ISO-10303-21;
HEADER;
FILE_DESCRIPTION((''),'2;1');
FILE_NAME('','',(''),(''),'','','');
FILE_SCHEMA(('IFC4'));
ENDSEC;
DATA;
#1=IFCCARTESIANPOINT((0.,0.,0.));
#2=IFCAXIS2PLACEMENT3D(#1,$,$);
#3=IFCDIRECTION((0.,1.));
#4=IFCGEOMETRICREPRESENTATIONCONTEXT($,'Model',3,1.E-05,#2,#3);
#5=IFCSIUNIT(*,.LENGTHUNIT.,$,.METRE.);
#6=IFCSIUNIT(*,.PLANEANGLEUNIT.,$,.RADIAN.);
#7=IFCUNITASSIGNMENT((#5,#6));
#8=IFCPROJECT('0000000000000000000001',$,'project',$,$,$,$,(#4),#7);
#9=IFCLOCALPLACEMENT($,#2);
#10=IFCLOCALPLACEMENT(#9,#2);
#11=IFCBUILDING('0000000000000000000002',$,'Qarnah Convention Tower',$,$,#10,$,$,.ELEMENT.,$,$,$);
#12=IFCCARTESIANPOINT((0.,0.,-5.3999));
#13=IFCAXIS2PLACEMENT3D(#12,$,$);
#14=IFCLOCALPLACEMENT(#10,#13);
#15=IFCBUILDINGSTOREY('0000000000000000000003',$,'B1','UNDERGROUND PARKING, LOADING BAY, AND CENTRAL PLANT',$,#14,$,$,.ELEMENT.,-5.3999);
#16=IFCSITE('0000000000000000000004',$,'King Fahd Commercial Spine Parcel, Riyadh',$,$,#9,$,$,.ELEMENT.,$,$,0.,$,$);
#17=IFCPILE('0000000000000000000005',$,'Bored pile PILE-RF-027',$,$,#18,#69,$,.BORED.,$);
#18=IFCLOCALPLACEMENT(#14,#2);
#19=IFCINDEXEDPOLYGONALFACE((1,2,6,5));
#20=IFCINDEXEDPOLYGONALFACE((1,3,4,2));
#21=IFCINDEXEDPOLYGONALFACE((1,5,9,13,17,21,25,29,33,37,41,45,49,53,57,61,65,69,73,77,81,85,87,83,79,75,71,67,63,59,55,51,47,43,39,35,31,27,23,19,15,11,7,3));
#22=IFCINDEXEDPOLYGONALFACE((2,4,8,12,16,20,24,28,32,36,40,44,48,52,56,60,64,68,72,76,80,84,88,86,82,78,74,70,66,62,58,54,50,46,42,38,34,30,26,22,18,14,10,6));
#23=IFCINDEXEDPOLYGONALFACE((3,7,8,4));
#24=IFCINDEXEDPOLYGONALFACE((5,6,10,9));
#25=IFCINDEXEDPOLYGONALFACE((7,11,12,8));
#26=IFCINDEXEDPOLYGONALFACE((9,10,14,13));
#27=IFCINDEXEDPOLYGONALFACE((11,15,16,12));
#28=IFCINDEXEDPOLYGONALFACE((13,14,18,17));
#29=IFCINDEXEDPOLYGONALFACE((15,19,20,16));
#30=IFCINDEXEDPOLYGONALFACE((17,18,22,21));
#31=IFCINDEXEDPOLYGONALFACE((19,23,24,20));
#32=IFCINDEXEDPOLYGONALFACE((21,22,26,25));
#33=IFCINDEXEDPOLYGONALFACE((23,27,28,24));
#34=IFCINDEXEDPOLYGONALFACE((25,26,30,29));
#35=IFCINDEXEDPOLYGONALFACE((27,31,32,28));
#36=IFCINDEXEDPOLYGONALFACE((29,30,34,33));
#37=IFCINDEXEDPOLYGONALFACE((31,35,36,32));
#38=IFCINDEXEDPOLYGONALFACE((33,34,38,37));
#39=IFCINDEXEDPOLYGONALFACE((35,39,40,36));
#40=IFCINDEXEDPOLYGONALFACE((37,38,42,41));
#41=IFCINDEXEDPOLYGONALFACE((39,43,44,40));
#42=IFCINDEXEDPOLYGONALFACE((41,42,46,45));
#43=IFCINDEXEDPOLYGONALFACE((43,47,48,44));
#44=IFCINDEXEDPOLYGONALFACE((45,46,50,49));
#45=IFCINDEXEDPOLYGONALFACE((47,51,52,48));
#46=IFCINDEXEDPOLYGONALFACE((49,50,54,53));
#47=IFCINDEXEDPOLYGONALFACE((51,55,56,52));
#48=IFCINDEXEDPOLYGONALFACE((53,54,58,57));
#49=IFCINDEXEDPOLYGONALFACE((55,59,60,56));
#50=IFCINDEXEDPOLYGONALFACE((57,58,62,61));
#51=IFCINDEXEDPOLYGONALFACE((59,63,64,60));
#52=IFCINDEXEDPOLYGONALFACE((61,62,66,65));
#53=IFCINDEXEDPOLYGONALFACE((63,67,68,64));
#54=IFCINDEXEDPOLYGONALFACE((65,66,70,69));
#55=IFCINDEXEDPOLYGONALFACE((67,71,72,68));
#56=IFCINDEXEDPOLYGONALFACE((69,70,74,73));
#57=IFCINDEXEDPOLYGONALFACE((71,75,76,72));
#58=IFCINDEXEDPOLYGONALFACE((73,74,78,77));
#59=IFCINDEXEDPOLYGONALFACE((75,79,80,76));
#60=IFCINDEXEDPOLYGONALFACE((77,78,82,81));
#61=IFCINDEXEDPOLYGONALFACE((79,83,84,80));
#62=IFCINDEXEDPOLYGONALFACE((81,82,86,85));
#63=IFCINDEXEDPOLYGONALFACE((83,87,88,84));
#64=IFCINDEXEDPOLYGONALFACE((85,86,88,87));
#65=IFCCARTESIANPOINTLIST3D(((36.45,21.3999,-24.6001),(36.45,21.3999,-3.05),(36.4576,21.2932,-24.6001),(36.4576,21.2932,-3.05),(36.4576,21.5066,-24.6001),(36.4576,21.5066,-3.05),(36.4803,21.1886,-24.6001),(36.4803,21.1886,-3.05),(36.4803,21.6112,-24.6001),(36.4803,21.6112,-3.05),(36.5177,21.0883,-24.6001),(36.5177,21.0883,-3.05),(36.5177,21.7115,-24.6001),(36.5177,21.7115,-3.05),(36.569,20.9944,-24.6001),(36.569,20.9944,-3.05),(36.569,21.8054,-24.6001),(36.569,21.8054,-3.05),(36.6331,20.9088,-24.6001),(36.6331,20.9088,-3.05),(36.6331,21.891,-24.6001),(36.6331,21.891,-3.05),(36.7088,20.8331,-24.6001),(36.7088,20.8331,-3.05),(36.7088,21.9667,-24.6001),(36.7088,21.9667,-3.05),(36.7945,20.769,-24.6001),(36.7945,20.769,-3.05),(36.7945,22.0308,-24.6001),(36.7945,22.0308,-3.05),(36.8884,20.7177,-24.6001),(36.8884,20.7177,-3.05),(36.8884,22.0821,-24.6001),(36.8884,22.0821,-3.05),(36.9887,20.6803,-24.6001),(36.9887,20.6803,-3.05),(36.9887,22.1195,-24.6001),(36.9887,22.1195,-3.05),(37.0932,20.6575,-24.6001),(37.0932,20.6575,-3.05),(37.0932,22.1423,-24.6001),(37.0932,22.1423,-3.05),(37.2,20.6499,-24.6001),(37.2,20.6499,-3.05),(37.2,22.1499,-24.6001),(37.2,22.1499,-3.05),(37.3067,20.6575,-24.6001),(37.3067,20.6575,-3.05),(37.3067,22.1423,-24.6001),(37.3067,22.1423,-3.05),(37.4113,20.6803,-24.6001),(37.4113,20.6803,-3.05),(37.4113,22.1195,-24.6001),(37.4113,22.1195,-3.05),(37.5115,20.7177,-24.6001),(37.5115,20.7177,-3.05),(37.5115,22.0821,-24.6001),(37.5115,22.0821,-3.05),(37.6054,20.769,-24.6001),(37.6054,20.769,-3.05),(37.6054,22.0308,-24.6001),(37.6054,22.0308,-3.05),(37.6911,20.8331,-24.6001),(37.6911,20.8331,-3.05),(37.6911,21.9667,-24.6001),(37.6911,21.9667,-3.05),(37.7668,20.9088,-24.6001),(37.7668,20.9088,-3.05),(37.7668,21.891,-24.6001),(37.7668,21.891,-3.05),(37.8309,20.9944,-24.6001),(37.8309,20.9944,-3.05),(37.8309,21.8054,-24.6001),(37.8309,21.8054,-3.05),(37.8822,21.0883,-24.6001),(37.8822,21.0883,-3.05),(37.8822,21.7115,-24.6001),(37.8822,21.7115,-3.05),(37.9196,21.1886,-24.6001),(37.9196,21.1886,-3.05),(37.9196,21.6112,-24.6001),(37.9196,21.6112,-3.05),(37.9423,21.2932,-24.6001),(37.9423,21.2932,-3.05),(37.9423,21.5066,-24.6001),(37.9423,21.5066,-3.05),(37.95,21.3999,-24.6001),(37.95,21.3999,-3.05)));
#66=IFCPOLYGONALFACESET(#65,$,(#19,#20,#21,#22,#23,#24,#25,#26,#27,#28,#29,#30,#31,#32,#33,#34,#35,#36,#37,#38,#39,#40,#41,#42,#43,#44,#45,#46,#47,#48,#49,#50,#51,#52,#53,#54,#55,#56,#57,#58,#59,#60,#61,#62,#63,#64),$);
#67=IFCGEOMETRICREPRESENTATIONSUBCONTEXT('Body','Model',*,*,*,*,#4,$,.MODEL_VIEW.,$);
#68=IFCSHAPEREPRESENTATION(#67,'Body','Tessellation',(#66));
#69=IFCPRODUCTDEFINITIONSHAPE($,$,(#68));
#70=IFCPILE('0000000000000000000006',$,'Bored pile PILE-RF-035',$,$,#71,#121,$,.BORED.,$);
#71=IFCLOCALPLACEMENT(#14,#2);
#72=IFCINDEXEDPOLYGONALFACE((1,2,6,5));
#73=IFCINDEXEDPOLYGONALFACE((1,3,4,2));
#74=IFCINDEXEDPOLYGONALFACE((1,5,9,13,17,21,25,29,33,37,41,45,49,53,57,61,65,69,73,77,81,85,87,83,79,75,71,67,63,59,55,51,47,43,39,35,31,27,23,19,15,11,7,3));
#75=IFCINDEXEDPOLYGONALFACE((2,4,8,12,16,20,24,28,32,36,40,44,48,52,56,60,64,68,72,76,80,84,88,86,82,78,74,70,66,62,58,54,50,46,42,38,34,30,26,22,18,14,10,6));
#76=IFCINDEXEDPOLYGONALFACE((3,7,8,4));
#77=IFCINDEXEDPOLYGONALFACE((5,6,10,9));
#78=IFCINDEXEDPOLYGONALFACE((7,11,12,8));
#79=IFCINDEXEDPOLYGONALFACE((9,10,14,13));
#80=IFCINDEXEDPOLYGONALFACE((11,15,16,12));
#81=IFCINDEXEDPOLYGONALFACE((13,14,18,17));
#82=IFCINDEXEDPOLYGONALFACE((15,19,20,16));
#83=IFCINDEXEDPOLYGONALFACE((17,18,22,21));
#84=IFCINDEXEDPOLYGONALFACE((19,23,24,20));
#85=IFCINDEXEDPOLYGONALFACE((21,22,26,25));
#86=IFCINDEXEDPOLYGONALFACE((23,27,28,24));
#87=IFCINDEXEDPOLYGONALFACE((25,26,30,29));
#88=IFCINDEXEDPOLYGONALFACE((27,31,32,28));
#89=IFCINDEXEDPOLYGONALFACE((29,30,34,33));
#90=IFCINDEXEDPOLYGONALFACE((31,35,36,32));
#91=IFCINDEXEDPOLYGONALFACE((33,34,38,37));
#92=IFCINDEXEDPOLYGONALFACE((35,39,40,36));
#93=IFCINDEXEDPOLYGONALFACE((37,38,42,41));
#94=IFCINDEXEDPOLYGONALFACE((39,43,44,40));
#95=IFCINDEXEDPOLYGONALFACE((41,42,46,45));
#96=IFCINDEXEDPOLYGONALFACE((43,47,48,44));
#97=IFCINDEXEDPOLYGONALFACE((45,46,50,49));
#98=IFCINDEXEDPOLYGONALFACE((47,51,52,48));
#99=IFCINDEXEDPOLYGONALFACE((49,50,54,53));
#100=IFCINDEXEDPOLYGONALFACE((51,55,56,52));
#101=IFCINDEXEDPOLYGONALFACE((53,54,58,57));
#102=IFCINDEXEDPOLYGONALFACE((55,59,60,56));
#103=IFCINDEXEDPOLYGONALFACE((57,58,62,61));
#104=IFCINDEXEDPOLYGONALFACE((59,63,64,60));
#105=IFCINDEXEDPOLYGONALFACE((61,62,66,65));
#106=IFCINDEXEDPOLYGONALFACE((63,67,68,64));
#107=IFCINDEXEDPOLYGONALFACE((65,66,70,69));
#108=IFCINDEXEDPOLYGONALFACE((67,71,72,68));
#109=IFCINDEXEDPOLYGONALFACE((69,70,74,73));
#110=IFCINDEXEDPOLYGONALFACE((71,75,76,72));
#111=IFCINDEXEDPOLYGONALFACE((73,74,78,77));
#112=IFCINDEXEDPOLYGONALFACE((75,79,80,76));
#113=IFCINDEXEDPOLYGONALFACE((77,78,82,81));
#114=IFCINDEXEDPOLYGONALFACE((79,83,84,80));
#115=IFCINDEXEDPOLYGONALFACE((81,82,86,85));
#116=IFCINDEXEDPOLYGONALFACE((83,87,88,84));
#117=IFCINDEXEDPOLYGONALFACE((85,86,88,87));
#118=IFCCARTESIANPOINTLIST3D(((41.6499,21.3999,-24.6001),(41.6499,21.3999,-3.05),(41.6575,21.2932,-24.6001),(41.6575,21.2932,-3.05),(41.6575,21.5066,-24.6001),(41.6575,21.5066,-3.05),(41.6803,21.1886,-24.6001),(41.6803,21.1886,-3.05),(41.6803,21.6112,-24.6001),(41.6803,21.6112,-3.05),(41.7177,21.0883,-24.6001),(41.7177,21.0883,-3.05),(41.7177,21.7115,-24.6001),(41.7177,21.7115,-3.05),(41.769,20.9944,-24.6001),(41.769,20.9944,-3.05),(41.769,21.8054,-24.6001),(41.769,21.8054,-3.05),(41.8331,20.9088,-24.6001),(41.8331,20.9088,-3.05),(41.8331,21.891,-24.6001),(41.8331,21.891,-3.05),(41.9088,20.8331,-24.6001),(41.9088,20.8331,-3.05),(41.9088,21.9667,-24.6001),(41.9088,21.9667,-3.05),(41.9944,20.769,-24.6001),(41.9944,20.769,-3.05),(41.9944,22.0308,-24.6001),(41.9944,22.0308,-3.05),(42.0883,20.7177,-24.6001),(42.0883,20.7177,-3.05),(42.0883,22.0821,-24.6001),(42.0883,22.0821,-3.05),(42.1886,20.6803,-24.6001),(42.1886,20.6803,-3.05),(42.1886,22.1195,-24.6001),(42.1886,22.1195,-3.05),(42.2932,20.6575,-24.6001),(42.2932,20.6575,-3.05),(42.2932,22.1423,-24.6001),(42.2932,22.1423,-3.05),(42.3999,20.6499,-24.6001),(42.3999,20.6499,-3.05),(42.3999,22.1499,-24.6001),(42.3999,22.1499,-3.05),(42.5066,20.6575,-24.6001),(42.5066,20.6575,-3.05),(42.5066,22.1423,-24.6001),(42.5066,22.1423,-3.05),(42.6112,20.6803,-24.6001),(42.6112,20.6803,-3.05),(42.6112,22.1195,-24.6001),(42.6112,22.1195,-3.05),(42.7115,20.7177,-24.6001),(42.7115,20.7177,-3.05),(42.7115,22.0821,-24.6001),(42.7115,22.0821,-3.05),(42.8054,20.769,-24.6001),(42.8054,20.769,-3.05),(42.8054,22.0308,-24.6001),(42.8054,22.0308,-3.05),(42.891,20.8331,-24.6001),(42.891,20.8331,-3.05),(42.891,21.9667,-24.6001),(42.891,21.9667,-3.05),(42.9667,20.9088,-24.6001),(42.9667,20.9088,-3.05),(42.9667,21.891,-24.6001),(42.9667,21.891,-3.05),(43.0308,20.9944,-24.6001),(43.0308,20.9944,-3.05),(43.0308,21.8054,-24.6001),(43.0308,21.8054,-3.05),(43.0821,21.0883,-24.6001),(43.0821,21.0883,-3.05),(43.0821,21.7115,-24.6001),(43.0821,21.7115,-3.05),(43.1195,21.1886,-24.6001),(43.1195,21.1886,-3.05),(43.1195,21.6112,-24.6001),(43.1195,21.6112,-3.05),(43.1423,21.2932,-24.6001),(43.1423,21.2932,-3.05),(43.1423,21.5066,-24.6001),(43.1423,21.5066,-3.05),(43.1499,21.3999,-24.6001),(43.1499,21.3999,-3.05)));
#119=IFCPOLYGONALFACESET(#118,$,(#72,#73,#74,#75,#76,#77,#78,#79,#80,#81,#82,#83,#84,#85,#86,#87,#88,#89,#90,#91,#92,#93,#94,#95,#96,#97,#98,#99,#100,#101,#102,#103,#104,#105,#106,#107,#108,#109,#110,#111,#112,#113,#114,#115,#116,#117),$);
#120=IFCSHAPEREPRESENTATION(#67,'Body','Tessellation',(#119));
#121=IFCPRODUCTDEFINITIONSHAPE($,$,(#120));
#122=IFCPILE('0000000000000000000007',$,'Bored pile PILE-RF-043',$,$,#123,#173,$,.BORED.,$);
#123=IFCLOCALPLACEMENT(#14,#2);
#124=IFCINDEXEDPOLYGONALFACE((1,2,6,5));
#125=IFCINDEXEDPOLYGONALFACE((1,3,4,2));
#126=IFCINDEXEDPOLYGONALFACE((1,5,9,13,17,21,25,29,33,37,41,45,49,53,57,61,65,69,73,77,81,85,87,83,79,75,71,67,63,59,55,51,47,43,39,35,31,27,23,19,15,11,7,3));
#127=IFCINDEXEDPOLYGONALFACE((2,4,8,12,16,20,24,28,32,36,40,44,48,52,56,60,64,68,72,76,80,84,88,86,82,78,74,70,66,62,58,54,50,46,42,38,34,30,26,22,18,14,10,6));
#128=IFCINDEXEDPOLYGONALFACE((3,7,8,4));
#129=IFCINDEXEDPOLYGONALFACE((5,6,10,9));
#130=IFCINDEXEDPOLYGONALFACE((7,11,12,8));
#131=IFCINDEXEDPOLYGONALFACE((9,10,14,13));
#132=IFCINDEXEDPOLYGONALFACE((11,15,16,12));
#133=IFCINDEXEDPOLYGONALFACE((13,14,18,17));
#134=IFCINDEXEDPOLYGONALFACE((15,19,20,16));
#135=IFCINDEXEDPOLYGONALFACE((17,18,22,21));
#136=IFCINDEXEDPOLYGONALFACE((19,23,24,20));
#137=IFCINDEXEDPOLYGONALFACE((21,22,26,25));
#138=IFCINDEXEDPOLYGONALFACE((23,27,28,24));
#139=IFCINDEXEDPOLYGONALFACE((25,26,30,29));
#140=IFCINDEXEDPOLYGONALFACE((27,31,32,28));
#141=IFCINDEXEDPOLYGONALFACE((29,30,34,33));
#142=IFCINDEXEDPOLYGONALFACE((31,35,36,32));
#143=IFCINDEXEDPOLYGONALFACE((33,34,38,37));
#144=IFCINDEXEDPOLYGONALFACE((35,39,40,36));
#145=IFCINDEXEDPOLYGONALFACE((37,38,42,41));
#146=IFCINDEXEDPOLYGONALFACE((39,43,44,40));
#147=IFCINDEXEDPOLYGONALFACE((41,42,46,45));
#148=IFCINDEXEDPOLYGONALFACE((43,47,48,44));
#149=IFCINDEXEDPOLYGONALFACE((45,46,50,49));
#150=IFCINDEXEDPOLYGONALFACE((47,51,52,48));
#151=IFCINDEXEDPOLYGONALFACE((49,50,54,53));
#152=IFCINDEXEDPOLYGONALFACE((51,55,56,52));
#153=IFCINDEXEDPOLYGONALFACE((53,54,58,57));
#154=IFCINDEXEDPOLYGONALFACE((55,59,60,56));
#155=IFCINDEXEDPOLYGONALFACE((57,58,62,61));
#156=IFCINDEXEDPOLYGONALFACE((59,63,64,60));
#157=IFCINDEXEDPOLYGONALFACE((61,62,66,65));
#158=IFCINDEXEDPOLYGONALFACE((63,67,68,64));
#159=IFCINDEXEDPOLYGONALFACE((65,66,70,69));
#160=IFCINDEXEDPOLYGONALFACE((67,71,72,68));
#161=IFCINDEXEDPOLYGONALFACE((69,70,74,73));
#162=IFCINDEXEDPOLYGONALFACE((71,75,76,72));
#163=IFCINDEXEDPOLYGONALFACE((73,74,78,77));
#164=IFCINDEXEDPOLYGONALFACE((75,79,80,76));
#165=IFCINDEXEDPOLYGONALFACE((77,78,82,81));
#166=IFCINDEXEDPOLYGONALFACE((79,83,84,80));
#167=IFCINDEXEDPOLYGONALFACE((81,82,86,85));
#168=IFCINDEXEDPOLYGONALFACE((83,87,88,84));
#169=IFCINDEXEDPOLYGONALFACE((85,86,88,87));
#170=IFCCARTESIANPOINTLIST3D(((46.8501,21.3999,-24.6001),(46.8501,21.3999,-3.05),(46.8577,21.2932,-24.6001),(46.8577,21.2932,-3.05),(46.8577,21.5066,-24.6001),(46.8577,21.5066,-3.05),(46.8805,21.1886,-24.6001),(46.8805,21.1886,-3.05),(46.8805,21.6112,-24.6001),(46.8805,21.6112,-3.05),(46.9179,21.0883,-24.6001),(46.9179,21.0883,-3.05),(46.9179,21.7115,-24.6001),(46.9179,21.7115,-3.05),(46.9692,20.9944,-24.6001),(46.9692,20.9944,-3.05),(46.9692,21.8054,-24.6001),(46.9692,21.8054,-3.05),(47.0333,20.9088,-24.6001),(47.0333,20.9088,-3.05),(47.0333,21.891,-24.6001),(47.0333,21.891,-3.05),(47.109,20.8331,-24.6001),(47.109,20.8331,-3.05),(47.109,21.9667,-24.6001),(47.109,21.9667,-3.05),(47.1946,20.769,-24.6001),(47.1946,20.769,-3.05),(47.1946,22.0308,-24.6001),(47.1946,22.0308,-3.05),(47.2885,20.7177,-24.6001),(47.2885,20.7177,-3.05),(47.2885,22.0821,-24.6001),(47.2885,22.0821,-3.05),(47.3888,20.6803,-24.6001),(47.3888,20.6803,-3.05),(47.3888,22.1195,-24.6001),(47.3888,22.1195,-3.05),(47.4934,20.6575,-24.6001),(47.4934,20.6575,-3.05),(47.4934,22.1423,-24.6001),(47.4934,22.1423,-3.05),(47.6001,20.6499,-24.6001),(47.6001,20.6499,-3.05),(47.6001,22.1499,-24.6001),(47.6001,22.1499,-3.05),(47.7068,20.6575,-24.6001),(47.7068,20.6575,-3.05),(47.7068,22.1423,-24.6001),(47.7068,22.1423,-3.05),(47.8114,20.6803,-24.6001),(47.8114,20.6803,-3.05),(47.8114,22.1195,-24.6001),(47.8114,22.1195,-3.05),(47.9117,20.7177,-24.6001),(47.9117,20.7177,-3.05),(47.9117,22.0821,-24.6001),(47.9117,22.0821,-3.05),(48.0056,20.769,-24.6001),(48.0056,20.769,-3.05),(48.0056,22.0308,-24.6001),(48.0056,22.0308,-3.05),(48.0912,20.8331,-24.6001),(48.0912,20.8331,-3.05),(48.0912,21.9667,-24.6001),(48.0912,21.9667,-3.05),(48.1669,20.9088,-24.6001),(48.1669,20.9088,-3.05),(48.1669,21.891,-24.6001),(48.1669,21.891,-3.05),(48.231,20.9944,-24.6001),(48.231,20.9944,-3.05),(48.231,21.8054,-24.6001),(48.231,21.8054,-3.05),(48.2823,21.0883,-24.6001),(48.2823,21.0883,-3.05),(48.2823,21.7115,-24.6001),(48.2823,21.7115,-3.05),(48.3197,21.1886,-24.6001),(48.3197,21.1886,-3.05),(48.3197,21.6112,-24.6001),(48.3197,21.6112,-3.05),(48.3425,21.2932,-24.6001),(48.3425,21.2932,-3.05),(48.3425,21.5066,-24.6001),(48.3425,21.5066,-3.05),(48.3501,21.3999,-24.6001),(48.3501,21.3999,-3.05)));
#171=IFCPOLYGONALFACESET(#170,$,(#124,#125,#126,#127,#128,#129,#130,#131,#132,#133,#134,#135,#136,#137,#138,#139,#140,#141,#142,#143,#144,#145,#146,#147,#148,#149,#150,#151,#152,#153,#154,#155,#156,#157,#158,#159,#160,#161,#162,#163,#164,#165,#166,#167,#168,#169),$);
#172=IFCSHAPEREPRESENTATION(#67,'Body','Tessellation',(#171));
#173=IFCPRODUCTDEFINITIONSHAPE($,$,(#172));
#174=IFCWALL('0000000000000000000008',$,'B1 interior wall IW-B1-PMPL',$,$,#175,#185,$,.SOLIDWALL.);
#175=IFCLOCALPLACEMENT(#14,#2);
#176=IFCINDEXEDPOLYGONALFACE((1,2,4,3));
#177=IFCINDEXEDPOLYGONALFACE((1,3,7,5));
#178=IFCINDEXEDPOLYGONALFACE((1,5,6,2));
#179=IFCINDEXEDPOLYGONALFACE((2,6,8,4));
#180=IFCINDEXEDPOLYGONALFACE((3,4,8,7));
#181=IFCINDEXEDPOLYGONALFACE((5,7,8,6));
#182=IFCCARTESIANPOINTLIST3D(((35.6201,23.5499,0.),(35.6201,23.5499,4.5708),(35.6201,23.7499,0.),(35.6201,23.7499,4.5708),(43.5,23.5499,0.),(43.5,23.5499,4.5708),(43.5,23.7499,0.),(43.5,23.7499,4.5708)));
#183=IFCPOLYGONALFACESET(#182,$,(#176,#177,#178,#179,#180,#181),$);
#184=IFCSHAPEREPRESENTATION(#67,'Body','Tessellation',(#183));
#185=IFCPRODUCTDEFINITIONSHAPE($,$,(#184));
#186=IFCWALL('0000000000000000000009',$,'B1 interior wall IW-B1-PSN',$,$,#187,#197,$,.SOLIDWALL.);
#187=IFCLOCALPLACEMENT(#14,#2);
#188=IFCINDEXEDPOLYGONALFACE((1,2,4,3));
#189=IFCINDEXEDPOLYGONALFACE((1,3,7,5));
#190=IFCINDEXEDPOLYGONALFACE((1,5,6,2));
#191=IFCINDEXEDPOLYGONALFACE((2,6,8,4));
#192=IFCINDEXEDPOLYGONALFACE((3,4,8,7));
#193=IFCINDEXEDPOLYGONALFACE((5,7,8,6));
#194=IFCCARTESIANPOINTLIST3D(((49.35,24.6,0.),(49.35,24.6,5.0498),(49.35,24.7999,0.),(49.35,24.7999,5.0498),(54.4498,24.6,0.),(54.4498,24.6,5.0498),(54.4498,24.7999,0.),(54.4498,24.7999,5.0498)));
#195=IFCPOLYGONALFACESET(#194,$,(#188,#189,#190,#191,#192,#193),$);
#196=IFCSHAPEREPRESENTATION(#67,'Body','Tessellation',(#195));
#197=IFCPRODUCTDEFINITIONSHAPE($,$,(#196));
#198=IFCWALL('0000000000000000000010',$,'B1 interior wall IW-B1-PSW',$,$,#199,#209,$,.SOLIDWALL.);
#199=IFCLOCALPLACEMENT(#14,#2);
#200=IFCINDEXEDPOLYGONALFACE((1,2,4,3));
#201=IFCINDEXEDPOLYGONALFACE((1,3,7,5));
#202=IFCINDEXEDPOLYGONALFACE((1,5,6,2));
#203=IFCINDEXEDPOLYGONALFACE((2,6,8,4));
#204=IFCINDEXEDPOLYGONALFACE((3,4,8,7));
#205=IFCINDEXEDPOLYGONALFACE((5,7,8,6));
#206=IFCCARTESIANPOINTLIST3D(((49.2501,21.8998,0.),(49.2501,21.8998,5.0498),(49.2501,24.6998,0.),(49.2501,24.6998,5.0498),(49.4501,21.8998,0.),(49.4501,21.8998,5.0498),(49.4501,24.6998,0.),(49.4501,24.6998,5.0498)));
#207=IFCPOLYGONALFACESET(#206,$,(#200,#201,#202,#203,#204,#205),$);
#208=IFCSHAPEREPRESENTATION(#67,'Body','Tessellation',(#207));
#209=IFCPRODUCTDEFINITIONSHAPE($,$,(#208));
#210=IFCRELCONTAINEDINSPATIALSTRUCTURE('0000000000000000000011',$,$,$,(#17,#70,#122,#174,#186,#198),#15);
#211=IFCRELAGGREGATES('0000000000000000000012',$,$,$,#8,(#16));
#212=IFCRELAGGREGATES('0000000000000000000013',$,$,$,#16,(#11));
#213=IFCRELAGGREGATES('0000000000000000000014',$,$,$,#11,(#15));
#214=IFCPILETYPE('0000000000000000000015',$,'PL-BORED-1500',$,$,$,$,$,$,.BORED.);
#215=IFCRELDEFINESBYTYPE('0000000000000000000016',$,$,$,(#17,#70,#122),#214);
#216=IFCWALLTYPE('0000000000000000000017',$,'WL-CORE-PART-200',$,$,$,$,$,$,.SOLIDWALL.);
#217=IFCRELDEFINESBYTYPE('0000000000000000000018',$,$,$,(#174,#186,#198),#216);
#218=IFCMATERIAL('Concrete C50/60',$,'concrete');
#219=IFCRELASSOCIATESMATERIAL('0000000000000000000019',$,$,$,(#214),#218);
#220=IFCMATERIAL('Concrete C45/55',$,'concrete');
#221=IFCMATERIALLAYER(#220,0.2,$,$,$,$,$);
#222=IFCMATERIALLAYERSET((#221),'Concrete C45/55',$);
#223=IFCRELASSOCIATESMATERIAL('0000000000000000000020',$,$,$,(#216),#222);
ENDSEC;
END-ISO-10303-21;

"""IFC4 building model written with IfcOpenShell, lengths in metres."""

from ifc_helpers import new_model, si_unit, direction, frame, frame_2d, origin, origin_2d, place, context, subcontext, project, spatial, rectangle, circle, extrude, material, layer, layer_set, material_profile, profile_set, type_object, element, save


model = new_model("IFC4")

# Units and contexts
model_context = context("Model", 3, precision=1e-05, world=origin(), true_north=direction((0.0, 1.0)))
body_context = subcontext(model_context, "Body", "Model", "MODEL_VIEW")
ifc_project = project(units=[si_unit("LENGTHUNIT", "METRE"), si_unit("PLANEANGLEUNIT", "RADIAN")], contexts=[model_context])

# Site, building, storey
site_placement = place(None, origin())
site = spatial("IfcSite", under=ifc_project, at=site_placement, Name="King Fahd Commercial Spine Parcel, Riyadh", CompositionType="ELEMENT", RefElevation=0.0)
building_placement = place(site_placement, origin())
building = spatial("IfcBuilding", under=site, at=building_placement, Name="Qarnah Convention Tower", CompositionType="ELEMENT")
storey_placement = place(building_placement, frame((0.0, 0.0, -5.3999)))
storey = spatial("IfcBuildingStorey", under=building, at=storey_placement, Name="B1", Description="UNDERGROUND PARKING, LOADING BAY, AND CENTRAL PLANT", CompositionType="ELEMENT", Elevation=-5.3999)

# Piles
ifc_material_1 = material(Name="Concrete C50/60", Category="concrete")
ifc_material_profile = material_profile(ifc_material_1, circle(Radius=0.75, at=origin_2d()), Name="PILE-D1500")
ifc_profile_set = profile_set([ifc_material_profile], Name="Concrete C50/60")
pile_type = type_object("IfcPileType", Name="PL-BORED-1500", PredefinedType="BORED", material=ifc_profile_set)
for number, where, z_axis, x_axis, name in (
    (1, (37.2, 21.3999, -3.05), (0.0, 0.0, -1.0), (1.0, 0.0, 0.0), "Bored pile PILE-RF-027"),
    (2, (42.3999, 21.3999, -3.05), (0.0, 0.0, -1.0), (1.0, 0.0, 0.0), "Bored pile PILE-RF-035"),
    (3, (47.6001, 21.3999, -3.05), (0.0, 0.0, -1.0), (1.0, 0.0, 0.0), "Bored pile PILE-RF-043"),
):
    element("IfcPile", number, at=place(storey_placement, frame(where, z_axis=z_axis, x_axis=x_axis)), inside=storey, type_object=pile_type, Name=name, PredefinedType="BORED", context=body_context, shape_type="SweptSolid", body=[
        extrude(circle(Radius=0.75, at=origin_2d()), origin(), (0.0, 0.0, 1.0), 21.55),
    ])

# Walls
ifc_material_2 = material(Name="Concrete C45/55", Category="concrete")
ifc_layer_1 = layer(ifc_material_2, 0.2)
ifc_layer_set_1 = layer_set([ifc_layer_1], Name="Concrete C45/55")
wall_type_1 = type_object("IfcWallType", Name="WL-CORE-PART-200", PredefinedType="SOLIDWALL", material=ifc_layer_set_1)
wall_1_placement = place(storey_placement, frame((35.6201, 23.6499, 0.0), z_axis=(0.0, 0.0, 1.0), x_axis=(1.0, 0.0, 0.0)))
element("IfcWall", 4, at=wall_1_placement, inside=storey, type_object=wall_type_1, Name="B1 interior wall IW-B1-PMPL", PredefinedType="SOLIDWALL", context=body_context, shape_type="SweptSolid", body=[
    extrude(rectangle(XDim=7.8799, YDim=0.2, at=frame_2d((3.9399, 0.0))), origin(), (0.0, 0.0, 1.0), 4.5708),
])
wall_2_placement = place(storey_placement, frame((49.3501, 24.7, 0.0), z_axis=(0.0, 0.0, 1.0), x_axis=(1.0, 0.0, 0.0)))
element("IfcWall", 5, at=wall_2_placement, inside=storey, type_object=wall_type_1, Name="B1 interior wall IW-B1-PSN", PredefinedType="SOLIDWALL", context=body_context, shape_type="SweptSolid", body=[
    extrude(rectangle(XDim=5.0999, YDim=0.2, at=frame_2d((2.5498, 0.0))), origin(), (0.0, 0.0, 1.0), 5.0498),
])

# Wall
wall_3_placement = place(storey_placement, frame((49.3501, 21.8999, 0.0), z_axis=(0.0, 0.0, 1.0), x_axis=(0.0, 1.0, 0.0)))
element("IfcWall", 6, at=wall_3_placement, inside=storey, type_object=wall_type_1, Name="B1 interior wall IW-B1-PSW", PredefinedType="SOLIDWALL", context=body_context, shape_type="SweptSolid", body=[
    extrude(rectangle(XDim=2.8, YDim=0.2, at=frame_2d((1.3999, 0.0))), origin(), (0.0, 0.0, 1.0), 5.0498),
])

save(model, "model.ifc")
